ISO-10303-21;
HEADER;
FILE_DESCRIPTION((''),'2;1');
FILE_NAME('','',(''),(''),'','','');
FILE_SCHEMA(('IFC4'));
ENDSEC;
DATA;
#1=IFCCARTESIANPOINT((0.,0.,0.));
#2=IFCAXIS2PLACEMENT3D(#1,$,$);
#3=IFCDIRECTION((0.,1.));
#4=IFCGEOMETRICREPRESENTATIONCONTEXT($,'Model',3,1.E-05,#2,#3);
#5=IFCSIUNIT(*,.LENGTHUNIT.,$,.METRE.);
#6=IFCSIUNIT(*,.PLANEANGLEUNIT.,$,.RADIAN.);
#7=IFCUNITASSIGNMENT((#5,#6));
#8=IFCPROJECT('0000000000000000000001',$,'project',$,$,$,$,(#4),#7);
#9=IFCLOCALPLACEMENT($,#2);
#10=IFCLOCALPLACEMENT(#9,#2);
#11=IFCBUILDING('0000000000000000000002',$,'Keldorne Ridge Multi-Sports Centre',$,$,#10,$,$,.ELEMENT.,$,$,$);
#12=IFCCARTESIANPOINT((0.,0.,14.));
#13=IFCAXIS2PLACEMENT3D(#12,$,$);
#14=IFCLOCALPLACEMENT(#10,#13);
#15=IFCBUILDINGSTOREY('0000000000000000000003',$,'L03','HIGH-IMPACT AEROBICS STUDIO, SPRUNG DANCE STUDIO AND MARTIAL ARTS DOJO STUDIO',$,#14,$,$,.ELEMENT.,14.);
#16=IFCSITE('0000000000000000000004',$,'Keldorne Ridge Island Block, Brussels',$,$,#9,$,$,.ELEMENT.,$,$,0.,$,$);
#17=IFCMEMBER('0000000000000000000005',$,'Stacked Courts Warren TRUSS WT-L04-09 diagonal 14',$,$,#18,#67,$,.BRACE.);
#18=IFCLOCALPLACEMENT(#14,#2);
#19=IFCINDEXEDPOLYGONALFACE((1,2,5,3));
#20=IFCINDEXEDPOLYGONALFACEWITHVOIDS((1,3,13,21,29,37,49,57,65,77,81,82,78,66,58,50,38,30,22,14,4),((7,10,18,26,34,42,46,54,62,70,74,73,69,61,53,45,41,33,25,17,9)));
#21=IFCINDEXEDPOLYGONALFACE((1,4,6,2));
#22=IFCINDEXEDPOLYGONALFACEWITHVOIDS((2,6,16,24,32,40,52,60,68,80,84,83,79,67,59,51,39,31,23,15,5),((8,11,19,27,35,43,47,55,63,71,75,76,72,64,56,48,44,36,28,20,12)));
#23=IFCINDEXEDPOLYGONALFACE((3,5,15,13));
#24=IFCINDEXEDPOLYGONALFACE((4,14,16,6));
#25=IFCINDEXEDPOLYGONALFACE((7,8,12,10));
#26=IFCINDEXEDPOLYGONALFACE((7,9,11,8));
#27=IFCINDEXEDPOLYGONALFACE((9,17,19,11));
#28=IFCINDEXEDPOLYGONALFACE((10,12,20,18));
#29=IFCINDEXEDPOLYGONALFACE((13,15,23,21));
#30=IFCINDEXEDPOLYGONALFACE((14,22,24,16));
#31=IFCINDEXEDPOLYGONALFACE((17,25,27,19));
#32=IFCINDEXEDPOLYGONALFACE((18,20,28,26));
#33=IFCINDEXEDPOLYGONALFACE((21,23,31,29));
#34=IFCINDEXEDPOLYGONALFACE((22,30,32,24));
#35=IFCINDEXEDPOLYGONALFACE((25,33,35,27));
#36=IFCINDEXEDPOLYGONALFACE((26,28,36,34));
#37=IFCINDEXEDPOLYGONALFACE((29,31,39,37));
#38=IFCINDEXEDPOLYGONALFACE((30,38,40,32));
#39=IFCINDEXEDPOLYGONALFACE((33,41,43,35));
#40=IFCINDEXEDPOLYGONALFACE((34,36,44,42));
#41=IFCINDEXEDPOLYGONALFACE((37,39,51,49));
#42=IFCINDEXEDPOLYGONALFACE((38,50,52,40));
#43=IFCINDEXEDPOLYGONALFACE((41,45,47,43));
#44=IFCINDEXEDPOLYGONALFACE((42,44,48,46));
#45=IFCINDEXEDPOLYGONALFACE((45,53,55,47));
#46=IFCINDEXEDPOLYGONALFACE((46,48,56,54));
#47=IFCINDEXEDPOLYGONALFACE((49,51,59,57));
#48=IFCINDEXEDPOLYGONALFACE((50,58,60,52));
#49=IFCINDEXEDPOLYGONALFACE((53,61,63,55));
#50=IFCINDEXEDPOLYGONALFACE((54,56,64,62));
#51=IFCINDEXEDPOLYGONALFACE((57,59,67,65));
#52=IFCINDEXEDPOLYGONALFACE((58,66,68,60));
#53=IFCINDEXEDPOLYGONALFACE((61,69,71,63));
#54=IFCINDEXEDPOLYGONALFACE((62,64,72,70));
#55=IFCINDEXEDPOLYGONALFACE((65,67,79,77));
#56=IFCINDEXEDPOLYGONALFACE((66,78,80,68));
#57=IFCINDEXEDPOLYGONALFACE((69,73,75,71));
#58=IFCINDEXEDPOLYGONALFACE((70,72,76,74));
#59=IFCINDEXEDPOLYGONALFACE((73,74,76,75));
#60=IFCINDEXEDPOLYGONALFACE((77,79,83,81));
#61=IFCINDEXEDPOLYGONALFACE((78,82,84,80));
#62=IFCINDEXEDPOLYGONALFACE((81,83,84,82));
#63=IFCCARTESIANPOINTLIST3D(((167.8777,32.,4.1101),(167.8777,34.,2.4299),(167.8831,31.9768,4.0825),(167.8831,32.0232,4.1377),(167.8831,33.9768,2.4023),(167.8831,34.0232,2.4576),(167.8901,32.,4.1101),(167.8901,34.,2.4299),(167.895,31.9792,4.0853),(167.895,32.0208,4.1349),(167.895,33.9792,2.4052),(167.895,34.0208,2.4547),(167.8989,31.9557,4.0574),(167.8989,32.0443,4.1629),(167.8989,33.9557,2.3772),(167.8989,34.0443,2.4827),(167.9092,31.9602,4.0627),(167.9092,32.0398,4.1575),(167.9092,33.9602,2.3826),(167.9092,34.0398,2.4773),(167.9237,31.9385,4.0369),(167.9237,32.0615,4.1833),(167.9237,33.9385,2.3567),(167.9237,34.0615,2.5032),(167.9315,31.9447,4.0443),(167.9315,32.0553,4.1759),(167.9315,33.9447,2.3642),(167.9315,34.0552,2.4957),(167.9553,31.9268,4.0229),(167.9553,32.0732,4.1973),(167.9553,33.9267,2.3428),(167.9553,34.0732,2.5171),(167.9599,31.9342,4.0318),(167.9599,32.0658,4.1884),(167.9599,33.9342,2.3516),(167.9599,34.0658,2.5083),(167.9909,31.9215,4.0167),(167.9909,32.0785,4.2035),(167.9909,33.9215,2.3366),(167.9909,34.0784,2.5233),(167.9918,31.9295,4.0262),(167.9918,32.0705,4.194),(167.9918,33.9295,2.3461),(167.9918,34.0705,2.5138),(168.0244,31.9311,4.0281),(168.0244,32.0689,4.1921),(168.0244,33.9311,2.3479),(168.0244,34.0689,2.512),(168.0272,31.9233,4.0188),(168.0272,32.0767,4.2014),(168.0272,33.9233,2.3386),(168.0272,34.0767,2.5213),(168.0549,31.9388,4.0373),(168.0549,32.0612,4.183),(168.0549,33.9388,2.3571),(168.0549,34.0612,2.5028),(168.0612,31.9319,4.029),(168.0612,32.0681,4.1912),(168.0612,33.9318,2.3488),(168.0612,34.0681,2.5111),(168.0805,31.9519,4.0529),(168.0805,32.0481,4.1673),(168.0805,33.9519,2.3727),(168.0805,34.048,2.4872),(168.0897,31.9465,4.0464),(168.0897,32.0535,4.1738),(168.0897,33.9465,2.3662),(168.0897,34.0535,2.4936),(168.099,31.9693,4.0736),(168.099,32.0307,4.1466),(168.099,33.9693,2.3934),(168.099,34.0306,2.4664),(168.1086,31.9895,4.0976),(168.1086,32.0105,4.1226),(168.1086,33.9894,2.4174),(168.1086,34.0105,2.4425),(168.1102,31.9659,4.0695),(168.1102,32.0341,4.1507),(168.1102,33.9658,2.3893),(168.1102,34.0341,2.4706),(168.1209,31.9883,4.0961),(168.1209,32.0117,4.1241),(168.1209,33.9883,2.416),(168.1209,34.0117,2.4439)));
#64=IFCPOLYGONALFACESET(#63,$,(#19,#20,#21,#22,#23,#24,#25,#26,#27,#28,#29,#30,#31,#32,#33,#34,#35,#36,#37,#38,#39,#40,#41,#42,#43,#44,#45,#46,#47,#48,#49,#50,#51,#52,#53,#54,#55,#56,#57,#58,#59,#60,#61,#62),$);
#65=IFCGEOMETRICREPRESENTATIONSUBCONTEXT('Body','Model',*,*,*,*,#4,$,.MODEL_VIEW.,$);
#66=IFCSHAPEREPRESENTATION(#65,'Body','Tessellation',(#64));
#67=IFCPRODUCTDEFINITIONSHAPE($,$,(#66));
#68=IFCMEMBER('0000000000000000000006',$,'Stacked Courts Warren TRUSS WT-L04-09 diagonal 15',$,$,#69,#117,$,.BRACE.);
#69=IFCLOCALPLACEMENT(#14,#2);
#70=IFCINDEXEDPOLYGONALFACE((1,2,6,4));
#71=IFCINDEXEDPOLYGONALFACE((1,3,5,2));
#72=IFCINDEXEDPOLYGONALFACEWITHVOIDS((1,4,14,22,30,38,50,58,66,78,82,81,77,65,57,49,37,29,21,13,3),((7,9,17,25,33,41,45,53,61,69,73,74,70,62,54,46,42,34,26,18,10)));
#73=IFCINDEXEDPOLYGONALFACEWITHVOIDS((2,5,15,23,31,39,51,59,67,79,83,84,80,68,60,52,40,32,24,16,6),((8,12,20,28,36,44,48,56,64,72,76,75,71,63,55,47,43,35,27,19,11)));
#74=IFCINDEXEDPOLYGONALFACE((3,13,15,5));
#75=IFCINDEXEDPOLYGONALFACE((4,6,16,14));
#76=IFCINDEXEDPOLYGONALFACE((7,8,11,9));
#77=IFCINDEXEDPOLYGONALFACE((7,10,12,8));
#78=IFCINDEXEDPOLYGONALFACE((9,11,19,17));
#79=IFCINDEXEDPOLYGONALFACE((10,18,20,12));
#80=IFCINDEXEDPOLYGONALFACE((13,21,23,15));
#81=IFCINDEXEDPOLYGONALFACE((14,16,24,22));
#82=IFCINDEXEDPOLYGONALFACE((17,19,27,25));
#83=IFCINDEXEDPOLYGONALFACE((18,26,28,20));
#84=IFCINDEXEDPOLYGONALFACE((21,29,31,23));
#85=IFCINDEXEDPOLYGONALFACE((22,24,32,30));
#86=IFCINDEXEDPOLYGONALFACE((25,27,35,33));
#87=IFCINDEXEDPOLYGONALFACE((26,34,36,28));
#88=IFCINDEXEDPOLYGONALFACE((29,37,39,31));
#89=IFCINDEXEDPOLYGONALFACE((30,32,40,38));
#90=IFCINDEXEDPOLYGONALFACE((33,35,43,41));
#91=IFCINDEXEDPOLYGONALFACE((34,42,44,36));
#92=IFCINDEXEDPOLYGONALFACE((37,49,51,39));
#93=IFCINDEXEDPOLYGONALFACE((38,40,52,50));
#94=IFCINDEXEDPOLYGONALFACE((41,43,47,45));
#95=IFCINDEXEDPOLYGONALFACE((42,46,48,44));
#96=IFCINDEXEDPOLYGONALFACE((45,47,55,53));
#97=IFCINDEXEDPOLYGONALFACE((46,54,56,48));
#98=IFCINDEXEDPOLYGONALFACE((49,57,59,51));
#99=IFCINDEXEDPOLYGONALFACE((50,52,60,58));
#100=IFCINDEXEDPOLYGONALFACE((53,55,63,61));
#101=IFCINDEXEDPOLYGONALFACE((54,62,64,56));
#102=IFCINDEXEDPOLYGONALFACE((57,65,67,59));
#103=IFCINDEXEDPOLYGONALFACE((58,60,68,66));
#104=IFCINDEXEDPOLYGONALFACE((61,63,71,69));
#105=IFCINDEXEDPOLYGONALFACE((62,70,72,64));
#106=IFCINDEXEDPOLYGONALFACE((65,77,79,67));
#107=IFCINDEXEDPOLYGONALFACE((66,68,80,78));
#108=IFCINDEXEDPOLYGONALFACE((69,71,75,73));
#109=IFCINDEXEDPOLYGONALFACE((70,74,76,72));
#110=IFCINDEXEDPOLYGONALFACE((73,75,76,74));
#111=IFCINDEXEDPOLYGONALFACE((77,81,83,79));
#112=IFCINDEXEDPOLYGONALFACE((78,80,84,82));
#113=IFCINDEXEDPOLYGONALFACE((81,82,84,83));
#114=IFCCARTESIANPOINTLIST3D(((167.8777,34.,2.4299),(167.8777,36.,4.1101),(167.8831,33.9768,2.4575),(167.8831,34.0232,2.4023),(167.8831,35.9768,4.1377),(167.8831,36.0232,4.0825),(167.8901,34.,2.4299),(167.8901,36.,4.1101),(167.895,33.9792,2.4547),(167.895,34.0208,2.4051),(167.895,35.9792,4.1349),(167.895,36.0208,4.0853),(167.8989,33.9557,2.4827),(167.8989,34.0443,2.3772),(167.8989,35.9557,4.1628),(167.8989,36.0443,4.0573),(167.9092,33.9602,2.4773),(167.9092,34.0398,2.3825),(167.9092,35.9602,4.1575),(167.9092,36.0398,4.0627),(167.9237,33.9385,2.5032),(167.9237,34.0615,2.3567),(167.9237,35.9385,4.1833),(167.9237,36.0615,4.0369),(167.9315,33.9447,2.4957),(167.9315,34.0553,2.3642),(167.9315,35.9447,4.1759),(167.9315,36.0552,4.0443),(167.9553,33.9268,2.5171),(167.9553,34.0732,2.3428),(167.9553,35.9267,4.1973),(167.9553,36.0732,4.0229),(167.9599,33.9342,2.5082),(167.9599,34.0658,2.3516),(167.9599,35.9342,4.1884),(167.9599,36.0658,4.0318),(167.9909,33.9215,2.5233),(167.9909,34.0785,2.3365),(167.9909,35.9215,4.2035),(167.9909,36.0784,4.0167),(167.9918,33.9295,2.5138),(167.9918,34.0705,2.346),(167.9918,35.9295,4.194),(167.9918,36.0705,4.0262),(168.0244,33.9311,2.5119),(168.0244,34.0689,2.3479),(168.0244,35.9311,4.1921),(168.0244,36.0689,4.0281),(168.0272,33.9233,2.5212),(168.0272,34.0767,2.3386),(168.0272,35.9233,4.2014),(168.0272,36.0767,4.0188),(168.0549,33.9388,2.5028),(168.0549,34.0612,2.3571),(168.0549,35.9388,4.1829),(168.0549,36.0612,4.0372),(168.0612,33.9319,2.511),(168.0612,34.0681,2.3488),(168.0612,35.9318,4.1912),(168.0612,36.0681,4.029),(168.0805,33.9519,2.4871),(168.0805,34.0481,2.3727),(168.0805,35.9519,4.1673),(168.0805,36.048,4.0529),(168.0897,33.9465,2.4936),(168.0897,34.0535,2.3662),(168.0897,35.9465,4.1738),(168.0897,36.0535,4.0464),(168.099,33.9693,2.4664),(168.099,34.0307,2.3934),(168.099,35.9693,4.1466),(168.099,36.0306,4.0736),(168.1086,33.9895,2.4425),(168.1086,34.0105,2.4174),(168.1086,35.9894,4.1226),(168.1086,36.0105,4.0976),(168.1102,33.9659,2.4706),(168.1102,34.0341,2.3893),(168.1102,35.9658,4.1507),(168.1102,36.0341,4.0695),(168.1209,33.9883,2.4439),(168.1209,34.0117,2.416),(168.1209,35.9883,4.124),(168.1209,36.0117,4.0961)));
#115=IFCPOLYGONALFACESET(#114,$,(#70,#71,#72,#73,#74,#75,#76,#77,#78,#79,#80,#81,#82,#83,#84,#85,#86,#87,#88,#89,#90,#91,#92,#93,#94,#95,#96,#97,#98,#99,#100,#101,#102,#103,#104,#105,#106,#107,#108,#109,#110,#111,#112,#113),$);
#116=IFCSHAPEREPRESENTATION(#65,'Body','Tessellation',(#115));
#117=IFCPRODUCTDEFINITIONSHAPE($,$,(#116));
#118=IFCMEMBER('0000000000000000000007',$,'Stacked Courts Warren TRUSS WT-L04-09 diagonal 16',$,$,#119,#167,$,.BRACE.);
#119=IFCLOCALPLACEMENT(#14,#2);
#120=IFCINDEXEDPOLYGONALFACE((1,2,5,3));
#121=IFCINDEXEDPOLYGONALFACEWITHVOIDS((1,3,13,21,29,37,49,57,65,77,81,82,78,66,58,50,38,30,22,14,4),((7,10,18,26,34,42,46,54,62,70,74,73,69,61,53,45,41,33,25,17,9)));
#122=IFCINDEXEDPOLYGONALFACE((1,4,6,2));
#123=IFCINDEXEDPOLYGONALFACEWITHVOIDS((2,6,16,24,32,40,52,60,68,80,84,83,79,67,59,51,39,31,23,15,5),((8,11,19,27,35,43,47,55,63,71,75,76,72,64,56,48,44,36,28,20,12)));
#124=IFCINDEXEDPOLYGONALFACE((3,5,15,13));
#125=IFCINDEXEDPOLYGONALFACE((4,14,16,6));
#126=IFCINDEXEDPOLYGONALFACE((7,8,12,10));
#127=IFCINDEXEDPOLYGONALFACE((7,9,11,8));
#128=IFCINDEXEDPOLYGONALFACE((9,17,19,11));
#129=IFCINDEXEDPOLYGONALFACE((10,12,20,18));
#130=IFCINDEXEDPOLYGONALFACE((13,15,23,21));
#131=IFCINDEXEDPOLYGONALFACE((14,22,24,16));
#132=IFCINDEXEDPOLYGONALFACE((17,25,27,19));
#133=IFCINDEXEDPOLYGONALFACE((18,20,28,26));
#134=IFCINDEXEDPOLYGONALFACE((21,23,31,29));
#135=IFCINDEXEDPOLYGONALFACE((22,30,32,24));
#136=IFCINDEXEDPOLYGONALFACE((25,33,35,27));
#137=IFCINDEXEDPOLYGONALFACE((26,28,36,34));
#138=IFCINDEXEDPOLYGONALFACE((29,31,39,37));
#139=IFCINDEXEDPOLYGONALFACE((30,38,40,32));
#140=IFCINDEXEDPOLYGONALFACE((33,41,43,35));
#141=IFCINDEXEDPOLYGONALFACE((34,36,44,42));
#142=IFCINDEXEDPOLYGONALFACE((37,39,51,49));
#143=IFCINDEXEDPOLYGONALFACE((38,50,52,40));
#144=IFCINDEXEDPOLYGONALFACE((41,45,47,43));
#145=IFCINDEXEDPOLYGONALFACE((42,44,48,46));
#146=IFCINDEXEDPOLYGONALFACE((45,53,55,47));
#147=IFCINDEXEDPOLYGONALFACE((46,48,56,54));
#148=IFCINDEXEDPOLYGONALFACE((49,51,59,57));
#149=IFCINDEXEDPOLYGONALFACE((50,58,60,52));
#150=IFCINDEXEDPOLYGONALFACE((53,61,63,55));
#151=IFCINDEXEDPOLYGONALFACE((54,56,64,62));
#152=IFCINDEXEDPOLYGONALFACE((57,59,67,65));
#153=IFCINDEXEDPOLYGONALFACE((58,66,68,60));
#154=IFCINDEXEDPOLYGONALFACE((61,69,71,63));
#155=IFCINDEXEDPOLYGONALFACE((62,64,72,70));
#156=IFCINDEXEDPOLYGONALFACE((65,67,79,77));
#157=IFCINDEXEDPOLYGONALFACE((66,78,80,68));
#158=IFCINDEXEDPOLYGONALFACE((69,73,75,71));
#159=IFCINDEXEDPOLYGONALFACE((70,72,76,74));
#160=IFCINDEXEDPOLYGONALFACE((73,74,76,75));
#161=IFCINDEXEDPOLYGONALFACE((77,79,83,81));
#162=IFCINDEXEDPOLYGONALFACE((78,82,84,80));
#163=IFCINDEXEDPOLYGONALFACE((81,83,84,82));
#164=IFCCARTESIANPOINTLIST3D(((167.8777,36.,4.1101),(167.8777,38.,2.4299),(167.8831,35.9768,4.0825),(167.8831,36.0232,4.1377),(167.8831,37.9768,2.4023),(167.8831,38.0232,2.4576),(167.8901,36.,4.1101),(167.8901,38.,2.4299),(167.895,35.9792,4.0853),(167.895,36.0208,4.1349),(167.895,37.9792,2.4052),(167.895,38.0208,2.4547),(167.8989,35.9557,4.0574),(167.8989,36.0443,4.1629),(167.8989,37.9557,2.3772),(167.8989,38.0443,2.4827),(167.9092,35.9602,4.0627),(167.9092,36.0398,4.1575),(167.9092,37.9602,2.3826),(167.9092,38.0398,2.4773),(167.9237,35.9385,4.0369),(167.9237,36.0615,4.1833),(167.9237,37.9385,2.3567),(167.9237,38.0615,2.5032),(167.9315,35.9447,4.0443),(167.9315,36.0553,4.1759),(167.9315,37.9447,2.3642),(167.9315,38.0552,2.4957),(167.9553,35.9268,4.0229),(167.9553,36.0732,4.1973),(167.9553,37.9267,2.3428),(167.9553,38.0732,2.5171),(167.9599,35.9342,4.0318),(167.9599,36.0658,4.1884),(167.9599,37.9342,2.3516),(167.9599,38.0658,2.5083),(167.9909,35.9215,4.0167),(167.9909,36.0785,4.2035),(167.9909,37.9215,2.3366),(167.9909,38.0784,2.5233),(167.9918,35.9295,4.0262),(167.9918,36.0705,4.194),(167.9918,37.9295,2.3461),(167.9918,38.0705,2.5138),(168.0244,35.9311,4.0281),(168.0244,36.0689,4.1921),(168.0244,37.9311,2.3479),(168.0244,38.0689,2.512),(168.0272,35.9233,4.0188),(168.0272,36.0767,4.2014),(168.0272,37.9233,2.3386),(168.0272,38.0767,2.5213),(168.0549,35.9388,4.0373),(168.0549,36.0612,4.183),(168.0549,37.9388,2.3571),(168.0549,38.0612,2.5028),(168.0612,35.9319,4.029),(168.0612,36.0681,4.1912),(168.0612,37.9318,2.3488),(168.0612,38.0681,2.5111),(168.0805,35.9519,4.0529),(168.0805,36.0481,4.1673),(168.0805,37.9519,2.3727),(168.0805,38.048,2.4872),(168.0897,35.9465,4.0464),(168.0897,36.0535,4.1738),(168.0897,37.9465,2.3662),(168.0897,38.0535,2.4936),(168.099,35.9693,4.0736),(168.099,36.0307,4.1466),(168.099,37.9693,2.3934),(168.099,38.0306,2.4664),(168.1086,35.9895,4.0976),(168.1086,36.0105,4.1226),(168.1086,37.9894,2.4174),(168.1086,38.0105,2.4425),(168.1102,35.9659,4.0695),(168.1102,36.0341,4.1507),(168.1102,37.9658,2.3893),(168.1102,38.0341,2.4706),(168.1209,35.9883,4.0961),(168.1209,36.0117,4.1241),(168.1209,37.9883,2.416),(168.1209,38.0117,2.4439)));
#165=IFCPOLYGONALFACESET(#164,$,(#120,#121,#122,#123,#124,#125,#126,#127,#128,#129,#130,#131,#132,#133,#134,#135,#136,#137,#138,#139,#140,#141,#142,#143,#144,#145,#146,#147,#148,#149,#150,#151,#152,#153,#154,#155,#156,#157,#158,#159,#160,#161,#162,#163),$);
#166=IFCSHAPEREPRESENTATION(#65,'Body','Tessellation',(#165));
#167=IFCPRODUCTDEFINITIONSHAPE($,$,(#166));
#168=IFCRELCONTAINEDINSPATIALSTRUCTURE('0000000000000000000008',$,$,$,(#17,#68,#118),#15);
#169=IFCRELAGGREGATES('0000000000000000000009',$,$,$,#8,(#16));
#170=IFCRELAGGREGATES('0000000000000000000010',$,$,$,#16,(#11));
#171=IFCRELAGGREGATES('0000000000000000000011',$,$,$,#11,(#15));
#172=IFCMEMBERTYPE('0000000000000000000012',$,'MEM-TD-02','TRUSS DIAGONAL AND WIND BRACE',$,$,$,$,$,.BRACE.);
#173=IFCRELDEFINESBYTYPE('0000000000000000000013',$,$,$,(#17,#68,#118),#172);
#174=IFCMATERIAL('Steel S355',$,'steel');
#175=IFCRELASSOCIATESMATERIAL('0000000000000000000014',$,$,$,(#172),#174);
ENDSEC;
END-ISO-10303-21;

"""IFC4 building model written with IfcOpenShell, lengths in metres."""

from ifc_helpers import new_model, si_unit, direction, frame, origin, origin_2d, place, context, subcontext, project, spatial, hollow_circle, extrude, material, material_profile, profile_set, type_object, element, save


model = new_model("IFC4")

# Units and contexts
model_context = context("Model", 3, precision=1e-05, world=origin(), true_north=direction((0.0, 1.0)))
body_context = subcontext(model_context, "Body", "Model", "MODEL_VIEW")
ifc_project = project(units=[si_unit("LENGTHUNIT", "METRE"), si_unit("PLANEANGLEUNIT", "RADIAN")], contexts=[model_context])

# Site, building, storey
site_placement = place(None, origin())
site = spatial("IfcSite", under=ifc_project, at=site_placement, Name="Keldorne Ridge Island Block, Brussels", CompositionType="ELEMENT", RefElevation=0.0)
building_placement = place(site_placement, origin())
building = spatial("IfcBuilding", under=site, at=building_placement, Name="Keldorne Ridge Multi-Sports Centre", CompositionType="ELEMENT")
storey_placement = place(building_placement, frame((0.0, 0.0, 14.0)))
storey = spatial("IfcBuildingStorey", under=building, at=storey_placement, Name="L03", Description="HIGH-IMPACT AEROBICS STUDIO, SPRUNG DANCE STUDIO AND MARTIAL ARTS DOJO STUDIO", CompositionType="ELEMENT", Elevation=14.0)

# Shared definitions
ifc_material_1 = material(Name="Steel S355", Category="steel")

# Members
ifc_material_profile_1 = material_profile(ifc_material_1, hollow_circle(Radius=0.1223, WallThickness=0.0125, at=origin_2d()), Name="CHS 244.5x12.5")
ifc_profile_set_1 = profile_set([ifc_material_profile_1], Name="Steel S355")
member_type_1 = type_object("IfcMemberType", Name="MEM-TD-02", Description="TRUSS DIAGONAL AND WIND BRACE", PredefinedType="BRACE", material=ifc_profile_set_1)
for number, where, z_axis, x_axis, name in (
    (1, (168.0, 32.0, 4.1101), (0.0, 0.765672, -0.643232), (-1.0, 0.0, 0.0), "Stacked Courts Warren TRUSS WT-L04-09 diagonal 14"),
    (2, (168.0, 34.0, 2.4299), (0.0, 0.765672, 0.643232), (-1.0, 0.0, 0.0), "Stacked Courts Warren TRUSS WT-L04-09 diagonal 15"),
    (3, (168.0, 36.0, 4.1101), (0.0, 0.765672, -0.643232), (-1.0, 0.0, 0.0), "Stacked Courts Warren TRUSS WT-L04-09 diagonal 16"),
):
    element("IfcMember", number, at=place(storey_placement, frame(where, z_axis=z_axis, x_axis=x_axis)), inside=storey, type_object=member_type_1, Name=name, PredefinedType="BRACE", context=body_context, shape_type="SweptSolid", body=[
        extrude(hollow_circle(Radius=0.1223, WallThickness=0.0125, at=origin_2d()), origin(), (0.0, 0.0, 1.0), 2.6121),
    ])

save(model, "model.ifc")
